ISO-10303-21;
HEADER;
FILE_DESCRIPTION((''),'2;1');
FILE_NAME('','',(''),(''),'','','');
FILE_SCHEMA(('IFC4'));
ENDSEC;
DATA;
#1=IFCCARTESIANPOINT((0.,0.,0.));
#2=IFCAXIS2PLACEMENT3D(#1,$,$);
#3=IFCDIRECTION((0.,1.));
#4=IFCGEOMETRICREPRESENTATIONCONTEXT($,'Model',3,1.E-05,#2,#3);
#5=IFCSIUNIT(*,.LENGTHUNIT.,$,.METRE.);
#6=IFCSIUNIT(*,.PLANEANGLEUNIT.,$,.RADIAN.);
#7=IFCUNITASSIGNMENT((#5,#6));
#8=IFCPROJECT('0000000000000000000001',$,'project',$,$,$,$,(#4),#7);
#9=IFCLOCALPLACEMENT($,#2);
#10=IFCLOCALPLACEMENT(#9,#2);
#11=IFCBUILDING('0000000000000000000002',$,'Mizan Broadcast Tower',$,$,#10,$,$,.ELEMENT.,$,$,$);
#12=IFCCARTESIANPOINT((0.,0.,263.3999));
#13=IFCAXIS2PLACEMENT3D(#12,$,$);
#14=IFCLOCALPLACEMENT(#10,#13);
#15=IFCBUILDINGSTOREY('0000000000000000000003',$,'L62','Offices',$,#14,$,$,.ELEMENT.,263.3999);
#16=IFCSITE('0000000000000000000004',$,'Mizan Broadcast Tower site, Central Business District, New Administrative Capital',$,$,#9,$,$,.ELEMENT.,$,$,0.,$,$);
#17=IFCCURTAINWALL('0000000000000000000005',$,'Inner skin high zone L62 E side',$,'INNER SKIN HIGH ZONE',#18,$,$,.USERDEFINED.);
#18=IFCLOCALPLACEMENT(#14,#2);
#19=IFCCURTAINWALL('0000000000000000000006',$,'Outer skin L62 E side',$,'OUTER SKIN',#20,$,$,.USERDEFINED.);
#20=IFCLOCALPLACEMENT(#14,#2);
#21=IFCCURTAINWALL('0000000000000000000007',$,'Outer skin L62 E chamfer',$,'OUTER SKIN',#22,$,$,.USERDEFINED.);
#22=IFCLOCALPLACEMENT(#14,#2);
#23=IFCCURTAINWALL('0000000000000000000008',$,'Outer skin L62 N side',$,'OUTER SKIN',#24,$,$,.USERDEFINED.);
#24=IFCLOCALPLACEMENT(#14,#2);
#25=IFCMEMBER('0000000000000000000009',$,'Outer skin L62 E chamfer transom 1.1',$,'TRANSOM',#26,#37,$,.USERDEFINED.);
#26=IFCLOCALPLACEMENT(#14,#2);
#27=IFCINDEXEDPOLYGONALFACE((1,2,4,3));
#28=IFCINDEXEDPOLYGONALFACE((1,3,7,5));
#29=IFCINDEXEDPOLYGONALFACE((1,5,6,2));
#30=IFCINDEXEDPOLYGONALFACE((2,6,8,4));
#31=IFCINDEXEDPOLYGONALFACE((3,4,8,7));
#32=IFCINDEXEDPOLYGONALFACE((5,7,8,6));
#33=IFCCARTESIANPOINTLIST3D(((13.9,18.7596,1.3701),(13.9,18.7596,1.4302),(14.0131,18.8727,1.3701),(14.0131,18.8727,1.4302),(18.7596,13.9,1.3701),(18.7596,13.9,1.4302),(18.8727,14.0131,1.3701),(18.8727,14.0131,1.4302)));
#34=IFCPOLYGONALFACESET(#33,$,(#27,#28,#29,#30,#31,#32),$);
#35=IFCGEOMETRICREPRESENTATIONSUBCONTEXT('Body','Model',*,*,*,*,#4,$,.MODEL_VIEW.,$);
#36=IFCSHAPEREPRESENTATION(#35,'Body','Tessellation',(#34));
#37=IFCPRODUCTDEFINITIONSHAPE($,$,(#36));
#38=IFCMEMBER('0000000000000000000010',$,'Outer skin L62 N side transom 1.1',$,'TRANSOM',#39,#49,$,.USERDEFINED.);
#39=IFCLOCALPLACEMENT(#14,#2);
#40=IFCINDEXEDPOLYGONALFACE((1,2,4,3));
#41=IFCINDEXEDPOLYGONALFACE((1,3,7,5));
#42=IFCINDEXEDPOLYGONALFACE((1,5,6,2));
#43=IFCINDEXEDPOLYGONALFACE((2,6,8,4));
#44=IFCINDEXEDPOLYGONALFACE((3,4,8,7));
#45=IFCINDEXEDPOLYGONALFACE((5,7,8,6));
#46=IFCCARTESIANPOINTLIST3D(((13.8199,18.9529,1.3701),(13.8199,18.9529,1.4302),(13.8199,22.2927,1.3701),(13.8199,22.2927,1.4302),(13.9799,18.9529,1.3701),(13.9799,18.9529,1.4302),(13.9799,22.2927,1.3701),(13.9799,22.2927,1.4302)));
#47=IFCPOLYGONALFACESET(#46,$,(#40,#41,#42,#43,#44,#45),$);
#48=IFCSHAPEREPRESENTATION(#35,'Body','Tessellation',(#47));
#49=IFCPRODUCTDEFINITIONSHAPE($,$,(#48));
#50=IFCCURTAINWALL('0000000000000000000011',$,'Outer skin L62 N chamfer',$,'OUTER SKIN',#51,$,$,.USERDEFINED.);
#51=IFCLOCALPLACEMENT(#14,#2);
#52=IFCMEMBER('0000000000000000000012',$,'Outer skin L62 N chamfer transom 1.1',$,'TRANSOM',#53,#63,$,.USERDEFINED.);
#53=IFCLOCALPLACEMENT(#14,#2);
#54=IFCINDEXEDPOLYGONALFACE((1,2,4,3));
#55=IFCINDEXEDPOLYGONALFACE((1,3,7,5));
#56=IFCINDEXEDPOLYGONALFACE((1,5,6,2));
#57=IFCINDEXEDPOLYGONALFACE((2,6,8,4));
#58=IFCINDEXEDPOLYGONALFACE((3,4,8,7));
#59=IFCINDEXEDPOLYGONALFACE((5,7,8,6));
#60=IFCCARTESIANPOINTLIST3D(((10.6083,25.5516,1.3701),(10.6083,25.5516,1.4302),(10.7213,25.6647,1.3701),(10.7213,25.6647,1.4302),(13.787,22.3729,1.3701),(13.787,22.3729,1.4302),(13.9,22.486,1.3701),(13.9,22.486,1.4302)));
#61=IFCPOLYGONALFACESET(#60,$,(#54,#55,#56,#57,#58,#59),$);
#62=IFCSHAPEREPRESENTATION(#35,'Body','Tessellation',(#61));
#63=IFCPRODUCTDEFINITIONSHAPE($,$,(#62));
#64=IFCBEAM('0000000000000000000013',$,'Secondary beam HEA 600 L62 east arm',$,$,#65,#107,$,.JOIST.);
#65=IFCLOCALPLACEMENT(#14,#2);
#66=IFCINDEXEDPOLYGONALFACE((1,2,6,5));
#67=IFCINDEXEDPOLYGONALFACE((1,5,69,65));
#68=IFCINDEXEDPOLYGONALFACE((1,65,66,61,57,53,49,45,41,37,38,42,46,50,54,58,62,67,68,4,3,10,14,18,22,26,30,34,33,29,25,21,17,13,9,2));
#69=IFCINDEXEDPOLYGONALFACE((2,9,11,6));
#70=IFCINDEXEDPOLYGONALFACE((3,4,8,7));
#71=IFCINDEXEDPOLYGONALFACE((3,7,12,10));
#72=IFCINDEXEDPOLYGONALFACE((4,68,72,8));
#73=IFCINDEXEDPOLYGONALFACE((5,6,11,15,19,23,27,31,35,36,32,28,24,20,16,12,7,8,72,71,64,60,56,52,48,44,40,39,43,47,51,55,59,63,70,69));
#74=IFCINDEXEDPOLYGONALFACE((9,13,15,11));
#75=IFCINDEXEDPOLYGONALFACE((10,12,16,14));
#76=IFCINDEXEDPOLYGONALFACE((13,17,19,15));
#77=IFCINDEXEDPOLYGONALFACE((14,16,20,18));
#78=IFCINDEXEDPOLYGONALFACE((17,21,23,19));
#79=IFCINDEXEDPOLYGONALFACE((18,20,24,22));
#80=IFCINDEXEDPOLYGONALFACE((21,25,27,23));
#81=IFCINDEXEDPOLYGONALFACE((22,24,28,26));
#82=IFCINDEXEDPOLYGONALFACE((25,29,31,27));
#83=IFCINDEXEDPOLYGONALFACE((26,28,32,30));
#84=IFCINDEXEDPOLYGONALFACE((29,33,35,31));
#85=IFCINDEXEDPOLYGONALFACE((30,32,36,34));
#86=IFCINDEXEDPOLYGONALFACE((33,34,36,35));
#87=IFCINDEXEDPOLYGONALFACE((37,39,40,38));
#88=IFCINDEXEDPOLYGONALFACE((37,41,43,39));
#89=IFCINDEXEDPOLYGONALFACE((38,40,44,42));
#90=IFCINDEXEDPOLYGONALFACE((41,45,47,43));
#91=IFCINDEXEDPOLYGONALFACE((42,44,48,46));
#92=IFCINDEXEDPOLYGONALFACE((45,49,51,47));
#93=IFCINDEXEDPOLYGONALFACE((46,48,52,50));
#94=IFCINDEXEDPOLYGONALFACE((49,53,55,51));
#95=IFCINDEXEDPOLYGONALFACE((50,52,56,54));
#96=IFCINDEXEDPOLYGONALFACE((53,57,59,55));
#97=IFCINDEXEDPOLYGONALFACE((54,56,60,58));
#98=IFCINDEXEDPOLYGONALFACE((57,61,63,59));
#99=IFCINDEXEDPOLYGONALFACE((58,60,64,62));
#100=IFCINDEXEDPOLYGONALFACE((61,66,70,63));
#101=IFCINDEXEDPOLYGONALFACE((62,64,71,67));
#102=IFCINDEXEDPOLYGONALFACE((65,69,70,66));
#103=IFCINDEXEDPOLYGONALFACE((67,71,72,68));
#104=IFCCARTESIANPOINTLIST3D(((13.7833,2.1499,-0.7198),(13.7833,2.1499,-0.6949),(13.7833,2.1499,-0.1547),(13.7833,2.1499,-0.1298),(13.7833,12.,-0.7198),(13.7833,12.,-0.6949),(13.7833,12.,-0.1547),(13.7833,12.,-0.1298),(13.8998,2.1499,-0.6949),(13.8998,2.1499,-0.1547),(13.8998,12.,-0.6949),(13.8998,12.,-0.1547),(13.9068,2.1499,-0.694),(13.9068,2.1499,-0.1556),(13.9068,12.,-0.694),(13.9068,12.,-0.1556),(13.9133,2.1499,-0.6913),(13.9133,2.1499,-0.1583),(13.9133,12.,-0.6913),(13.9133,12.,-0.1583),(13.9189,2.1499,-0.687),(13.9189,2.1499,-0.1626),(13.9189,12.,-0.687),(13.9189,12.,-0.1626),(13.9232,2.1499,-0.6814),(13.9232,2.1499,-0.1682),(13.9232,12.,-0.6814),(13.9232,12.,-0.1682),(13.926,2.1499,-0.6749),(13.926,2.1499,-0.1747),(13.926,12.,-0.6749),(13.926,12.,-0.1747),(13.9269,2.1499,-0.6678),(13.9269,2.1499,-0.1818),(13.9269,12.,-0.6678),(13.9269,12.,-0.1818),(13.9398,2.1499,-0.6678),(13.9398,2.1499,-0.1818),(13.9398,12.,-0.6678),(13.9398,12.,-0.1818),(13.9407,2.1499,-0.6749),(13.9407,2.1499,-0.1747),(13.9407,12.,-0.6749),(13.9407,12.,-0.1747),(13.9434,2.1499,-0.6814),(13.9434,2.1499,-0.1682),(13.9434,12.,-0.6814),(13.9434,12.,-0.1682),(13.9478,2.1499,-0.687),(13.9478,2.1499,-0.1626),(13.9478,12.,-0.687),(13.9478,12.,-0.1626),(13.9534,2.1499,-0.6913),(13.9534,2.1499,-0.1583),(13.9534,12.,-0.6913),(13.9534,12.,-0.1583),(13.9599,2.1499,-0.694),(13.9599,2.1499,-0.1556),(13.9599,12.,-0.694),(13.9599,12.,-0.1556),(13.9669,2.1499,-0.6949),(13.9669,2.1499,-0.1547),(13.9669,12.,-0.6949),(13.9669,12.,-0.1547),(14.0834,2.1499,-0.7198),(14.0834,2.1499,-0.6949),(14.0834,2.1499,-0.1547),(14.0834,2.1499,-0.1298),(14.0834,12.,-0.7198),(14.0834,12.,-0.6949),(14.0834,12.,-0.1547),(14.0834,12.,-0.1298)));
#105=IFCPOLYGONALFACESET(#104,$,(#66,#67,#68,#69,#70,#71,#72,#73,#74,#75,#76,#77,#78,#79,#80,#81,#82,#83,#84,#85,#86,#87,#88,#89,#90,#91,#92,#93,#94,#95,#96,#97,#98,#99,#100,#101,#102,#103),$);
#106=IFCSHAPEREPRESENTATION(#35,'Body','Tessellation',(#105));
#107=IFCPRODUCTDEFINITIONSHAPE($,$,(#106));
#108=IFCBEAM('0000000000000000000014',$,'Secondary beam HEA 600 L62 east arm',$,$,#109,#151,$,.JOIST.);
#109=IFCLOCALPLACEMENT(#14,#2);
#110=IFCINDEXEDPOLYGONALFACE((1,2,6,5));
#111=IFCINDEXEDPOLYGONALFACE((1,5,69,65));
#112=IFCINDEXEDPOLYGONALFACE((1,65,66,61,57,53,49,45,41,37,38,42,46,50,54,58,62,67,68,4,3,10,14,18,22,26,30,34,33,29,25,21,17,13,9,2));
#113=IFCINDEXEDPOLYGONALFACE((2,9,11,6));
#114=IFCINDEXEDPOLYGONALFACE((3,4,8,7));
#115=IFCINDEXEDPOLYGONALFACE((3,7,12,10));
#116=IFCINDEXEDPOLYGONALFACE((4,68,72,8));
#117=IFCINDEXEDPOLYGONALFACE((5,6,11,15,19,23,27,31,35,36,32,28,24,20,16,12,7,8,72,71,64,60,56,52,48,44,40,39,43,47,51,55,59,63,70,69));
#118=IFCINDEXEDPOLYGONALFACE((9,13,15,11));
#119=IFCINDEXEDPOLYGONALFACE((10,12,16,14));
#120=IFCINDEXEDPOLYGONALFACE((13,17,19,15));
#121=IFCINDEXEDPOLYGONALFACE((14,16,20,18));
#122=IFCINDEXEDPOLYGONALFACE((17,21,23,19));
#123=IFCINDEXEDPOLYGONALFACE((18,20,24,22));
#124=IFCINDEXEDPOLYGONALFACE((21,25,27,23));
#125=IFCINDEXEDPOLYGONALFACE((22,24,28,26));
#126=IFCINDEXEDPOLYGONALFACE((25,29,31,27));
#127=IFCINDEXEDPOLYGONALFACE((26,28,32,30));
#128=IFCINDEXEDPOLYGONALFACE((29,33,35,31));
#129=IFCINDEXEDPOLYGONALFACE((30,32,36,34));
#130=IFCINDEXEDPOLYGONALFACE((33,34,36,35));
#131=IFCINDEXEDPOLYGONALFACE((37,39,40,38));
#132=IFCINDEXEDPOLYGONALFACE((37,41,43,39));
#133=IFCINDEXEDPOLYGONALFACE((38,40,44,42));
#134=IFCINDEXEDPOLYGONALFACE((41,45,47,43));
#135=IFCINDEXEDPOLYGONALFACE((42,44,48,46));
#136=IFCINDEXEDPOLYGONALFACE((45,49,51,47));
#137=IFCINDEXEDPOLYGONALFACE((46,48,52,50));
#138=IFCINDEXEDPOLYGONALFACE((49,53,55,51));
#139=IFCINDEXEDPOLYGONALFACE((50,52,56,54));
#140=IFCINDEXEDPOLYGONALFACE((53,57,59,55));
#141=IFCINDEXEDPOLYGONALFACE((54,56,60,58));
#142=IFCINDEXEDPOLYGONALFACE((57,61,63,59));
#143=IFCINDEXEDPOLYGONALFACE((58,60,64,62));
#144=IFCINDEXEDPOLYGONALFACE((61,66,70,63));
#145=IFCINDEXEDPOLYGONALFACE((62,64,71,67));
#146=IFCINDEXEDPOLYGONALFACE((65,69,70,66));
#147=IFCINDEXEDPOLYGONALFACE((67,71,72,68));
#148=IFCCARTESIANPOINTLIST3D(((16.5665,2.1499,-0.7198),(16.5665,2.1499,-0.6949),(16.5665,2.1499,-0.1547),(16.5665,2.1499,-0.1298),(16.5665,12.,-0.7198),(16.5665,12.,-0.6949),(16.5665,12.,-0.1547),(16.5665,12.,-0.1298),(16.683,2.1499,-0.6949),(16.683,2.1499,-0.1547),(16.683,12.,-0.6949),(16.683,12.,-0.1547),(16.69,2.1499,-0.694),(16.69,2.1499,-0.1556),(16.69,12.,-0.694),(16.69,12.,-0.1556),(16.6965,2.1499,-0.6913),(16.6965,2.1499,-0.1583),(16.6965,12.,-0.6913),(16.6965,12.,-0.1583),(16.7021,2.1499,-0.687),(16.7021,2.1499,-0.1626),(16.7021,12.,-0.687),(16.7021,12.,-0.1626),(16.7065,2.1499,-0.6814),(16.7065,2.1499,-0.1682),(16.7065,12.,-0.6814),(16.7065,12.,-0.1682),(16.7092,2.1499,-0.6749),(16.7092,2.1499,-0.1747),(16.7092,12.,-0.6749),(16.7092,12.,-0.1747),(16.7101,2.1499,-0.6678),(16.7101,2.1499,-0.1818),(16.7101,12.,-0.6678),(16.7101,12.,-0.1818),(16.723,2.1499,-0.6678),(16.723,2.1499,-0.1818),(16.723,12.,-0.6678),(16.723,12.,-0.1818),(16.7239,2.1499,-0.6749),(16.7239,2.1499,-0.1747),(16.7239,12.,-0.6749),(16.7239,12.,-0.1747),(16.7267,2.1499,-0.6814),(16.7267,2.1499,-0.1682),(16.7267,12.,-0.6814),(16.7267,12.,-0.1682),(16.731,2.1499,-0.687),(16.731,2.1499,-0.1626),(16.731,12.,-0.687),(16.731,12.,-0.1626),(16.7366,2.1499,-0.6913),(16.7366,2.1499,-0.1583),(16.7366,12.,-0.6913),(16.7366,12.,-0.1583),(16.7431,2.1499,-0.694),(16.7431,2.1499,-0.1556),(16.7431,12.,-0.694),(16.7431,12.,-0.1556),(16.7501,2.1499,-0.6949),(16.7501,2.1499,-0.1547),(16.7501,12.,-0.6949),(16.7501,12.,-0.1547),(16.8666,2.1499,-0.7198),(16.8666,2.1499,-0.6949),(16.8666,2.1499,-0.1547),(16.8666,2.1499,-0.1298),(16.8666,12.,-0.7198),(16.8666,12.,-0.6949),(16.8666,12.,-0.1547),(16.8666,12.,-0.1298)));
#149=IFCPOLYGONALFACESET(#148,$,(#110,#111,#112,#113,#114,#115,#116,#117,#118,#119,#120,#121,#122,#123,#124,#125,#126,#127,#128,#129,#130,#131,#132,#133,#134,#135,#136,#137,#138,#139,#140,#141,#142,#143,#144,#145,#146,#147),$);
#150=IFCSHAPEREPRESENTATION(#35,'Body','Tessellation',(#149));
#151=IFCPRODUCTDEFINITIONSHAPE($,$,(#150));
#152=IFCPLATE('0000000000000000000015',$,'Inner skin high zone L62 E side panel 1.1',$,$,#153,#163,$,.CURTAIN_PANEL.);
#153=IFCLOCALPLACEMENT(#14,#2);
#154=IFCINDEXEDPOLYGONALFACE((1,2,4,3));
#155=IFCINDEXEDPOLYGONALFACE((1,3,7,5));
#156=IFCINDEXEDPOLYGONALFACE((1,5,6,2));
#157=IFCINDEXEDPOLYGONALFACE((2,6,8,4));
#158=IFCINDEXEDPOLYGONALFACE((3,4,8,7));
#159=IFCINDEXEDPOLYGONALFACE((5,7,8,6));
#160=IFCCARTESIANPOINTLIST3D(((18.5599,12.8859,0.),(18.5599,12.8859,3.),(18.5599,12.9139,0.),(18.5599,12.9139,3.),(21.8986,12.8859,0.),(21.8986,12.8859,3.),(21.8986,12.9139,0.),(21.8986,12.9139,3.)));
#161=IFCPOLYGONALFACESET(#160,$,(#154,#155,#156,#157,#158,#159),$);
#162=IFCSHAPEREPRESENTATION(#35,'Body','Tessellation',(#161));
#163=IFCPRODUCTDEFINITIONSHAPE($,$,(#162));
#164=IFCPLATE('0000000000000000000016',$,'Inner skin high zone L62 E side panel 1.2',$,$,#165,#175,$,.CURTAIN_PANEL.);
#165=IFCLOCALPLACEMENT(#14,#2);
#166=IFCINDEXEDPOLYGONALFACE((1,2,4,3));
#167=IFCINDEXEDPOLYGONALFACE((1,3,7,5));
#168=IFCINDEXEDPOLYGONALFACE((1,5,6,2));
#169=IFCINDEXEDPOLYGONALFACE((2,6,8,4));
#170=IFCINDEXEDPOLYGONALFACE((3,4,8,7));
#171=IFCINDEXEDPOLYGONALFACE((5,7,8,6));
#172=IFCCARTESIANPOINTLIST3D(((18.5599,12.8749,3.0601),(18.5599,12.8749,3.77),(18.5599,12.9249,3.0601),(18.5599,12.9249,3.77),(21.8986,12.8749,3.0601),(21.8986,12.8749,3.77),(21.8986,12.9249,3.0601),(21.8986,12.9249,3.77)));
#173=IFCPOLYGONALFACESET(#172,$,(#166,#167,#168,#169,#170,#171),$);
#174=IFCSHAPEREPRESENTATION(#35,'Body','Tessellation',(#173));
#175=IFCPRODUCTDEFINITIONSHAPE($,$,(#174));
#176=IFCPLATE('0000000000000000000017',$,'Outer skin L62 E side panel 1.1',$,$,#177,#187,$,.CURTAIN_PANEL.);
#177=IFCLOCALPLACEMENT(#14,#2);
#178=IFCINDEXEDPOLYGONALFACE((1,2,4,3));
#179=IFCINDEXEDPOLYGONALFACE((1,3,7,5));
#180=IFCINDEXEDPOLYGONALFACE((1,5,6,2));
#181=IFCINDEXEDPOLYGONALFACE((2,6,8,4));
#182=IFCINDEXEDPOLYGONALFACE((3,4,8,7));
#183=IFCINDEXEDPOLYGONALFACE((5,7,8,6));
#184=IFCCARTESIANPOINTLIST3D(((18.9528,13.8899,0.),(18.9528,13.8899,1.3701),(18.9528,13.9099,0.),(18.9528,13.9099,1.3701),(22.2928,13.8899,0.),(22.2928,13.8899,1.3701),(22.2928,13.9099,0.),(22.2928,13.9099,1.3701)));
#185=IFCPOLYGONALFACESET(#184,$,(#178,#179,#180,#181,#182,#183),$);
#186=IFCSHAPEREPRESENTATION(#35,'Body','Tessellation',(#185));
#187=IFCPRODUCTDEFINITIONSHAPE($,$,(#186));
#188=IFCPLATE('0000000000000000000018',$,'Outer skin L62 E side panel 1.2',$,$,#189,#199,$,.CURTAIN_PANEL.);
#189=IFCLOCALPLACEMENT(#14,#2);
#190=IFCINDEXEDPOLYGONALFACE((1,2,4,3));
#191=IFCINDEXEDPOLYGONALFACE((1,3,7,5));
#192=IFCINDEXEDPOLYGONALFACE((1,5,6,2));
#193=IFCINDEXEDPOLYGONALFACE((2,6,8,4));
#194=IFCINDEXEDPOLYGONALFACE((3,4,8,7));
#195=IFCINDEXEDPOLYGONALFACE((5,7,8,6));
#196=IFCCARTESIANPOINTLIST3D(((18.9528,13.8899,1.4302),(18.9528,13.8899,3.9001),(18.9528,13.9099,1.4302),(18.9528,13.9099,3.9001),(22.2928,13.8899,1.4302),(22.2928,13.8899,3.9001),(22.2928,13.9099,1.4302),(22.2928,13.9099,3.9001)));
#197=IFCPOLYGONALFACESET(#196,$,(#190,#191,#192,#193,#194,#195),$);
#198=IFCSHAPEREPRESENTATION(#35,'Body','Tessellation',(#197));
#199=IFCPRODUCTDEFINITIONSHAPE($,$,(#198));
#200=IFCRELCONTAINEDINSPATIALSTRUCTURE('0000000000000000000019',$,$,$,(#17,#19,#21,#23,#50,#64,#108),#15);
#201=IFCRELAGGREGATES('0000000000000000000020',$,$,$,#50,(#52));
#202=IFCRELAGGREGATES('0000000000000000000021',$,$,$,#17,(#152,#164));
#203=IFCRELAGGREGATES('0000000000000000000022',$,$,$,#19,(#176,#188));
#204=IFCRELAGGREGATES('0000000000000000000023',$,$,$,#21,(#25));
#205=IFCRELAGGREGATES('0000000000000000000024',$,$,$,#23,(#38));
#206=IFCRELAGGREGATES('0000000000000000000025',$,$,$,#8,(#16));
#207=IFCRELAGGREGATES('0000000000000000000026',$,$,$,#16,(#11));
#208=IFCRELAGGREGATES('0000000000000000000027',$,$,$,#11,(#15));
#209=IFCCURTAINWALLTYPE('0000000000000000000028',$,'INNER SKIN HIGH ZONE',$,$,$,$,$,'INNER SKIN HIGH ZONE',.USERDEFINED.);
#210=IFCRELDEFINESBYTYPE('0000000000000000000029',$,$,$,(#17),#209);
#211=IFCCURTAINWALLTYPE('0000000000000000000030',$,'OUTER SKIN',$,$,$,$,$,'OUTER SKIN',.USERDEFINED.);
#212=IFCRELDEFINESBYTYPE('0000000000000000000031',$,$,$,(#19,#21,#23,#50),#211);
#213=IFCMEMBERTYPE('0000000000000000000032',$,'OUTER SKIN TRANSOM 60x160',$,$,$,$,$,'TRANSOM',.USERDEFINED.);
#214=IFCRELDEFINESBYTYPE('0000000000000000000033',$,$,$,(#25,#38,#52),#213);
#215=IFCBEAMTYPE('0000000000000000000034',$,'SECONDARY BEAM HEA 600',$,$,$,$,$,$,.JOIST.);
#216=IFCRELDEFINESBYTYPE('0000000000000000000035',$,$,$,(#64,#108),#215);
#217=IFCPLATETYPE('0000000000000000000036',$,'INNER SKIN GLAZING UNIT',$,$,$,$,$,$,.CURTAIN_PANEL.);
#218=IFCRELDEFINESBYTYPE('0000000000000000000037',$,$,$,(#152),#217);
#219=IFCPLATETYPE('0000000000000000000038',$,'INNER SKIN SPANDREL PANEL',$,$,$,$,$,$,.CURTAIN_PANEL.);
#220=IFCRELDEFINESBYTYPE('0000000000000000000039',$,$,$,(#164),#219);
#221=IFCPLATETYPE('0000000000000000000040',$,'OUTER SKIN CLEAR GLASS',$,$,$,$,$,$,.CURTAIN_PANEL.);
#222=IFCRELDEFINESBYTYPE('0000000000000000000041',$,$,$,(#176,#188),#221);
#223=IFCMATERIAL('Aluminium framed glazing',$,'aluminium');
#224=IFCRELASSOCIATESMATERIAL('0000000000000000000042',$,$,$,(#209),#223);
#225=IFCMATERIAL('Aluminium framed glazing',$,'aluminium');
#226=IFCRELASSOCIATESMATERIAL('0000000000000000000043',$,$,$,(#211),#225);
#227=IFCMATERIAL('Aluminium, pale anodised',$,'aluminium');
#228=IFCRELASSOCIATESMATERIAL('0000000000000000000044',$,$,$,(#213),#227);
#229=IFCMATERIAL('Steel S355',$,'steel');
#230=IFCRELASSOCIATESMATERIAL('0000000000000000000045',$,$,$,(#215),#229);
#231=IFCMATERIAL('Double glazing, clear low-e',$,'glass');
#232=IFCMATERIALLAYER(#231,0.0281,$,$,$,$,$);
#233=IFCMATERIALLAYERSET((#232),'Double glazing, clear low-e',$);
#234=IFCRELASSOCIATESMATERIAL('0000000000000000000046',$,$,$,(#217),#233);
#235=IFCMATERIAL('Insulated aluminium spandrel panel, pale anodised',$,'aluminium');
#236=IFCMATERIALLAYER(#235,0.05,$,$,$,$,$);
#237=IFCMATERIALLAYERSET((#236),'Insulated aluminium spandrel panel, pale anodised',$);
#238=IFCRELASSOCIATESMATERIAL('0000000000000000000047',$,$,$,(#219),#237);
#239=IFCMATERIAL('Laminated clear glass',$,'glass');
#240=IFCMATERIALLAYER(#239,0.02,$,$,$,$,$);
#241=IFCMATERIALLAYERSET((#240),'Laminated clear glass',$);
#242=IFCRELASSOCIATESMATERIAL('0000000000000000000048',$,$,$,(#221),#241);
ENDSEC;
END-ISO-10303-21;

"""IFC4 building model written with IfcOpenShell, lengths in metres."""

from ifc_helpers import new_model, si_unit, direction, frame, origin, origin_2d, place, context, subcontext, project, spatial, rectangle, i_section, extrude, material, layer, layer_set, material_profile, profile_set, type_object, element, aggregate, save


model = new_model("IFC4")

# Units and contexts
model_context = context("Model", 3, precision=1e-05, world=origin(), true_north=direction((0.0, 1.0)))
body_context = subcontext(model_context, "Body", "Model", "MODEL_VIEW")
ifc_project = project(units=[si_unit("LENGTHUNIT", "METRE"), si_unit("PLANEANGLEUNIT", "RADIAN")], contexts=[model_context])

# Site, building, storey
site_placement = place(None, origin())
site = spatial("IfcSite", under=ifc_project, at=site_placement, Name="Mizan Broadcast Tower site, Central Business District, New Administrative Capital", CompositionType="ELEMENT", RefElevation=0.0)
building_placement = place(site_placement, origin())
building = spatial("IfcBuilding", under=site, at=building_placement, Name="Mizan Broadcast Tower", CompositionType="ELEMENT")
storey_placement = place(building_placement, frame((0.0, 0.0, 263.3999)))
storey = spatial("IfcBuildingStorey", under=building, at=storey_placement, Name="L62", Description="Offices", CompositionType="ELEMENT", Elevation=263.3999)

# Curtain wall
ifc_material_1 = material(Name="Aluminium framed glazing", Category="aluminium")
curtain_wall_type_1 = type_object("IfcCurtainWallType", Name="INNER SKIN HIGH ZONE", ElementType="INNER SKIN HIGH ZONE", PredefinedType="USERDEFINED", material=ifc_material_1)
curtain_wall_1_placement = place(storey_placement, origin())
curtain_wall_1 = element("IfcCurtainWall", 1, at=curtain_wall_1_placement, inside=storey, type_object=curtain_wall_type_1, Name="Inner skin high zone L62 E side", ObjectType="INNER SKIN HIGH ZONE", PredefinedType="USERDEFINED")

# Curtain walls
ifc_material_2 = material(Name="Aluminium framed glazing", Category="aluminium")
curtain_wall_type_2 = type_object("IfcCurtainWallType", Name="OUTER SKIN", ElementType="OUTER SKIN", PredefinedType="USERDEFINED", material=ifc_material_2)
curtain_wall_2_placement = place(storey_placement, origin())
curtain_wall_2 = element("IfcCurtainWall", 2, at=curtain_wall_2_placement, inside=storey, type_object=curtain_wall_type_2, Name="Outer skin L62 E side", ObjectType="OUTER SKIN", PredefinedType="USERDEFINED")
curtain_wall_3_placement = place(storey_placement, origin())
curtain_wall_3 = element("IfcCurtainWall", 3, at=curtain_wall_3_placement, inside=storey, type_object=curtain_wall_type_2, Name="Outer skin L62 E chamfer", ObjectType="OUTER SKIN", PredefinedType="USERDEFINED")
curtain_wall_4_placement = place(storey_placement, origin())
curtain_wall_4 = element("IfcCurtainWall", 4, at=curtain_wall_4_placement, inside=storey, type_object=curtain_wall_type_2, Name="Outer skin L62 N side", ObjectType="OUTER SKIN", PredefinedType="USERDEFINED")

# Members
ifc_material_3 = material(Name="Aluminium, pale anodised", Category="aluminium")
ifc_material_profile_1 = material_profile(ifc_material_3, rectangle(XDim=0.1599, YDim=0.0601, at=origin_2d()), Name="TRANSOM 160x60")
ifc_profile_set_1 = profile_set([ifc_material_profile_1], Name="Aluminium, pale anodised")
member_type_1 = type_object("IfcMemberType", Name="OUTER SKIN TRANSOM 60x160", ElementType="TRANSOM", PredefinedType="USERDEFINED", material=ifc_profile_set_1)
member_1_placement = place(storey_placement, frame((18.8162, 13.9565, 1.4001), z_axis=(-0.707107, 0.707107, 0.0), x_axis=(-0.707107, -0.707107, 0.0)))
member_1 = element("IfcMember", 5, at=member_1_placement, type_object=member_type_1, Name="Outer skin L62 E chamfer transom 1.1", ObjectType="TRANSOM", PredefinedType="USERDEFINED", context=body_context, shape_type="SweptSolid", body=[
    extrude(rectangle(XDim=0.1599, YDim=0.0601, at=origin_2d()), origin(), (0.0, 0.0, 1.0), 6.8726),
])
member_2_placement = place(storey_placement, frame((13.8999, 18.9529, 1.4001), z_axis=(0.0, 1.0, 0.0), x_axis=(-1.0, 0.0, 0.0)))
member_2 = element("IfcMember", 6, at=member_2_placement, type_object=member_type_1, Name="Outer skin L62 N side transom 1.1", ObjectType="TRANSOM", PredefinedType="USERDEFINED", context=body_context, shape_type="SweptSolid", body=[
    extrude(rectangle(XDim=0.1599, YDim=0.0601, at=origin_2d()), origin(), (0.0, 0.0, 1.0), 3.3398),
])

# Curtain wall, member
curtain_wall_5_placement = place(storey_placement, origin())
curtain_wall_5 = element("IfcCurtainWall", 7, at=curtain_wall_5_placement, inside=storey, type_object=curtain_wall_type_2, Name="Outer skin L62 N chamfer", ObjectType="OUTER SKIN", PredefinedType="USERDEFINED")
member_3_placement = place(storey_placement, frame((13.8435, 22.4294, 1.4001), z_axis=(-0.707107, 0.707107, 0.0), x_axis=(-0.707107, -0.707107, 0.0)))
member_3 = element("IfcMember", 8, at=member_3_placement, type_object=member_type_1, Name="Outer skin L62 N chamfer transom 1.1", ObjectType="TRANSOM", PredefinedType="USERDEFINED", context=body_context, shape_type="SweptSolid", body=[
    extrude(rectangle(XDim=0.1599, YDim=0.0601, at=origin_2d()), origin(), (0.0, 0.0, 1.0), 4.4954),
])
aggregate(curtain_wall_5, [member_3])

# Beams
ifc_material_4 = material(Name="Steel S355", Category="steel")
ifc_material_profile_2 = material_profile(ifc_material_4, i_section(OverallWidth=0.3, OverallDepth=0.5901, WebThickness=0.0129, FlangeThickness=0.0249, FilletRadius=0.0271, at=origin_2d()), Name="HEA 600")
ifc_profile_set_2 = profile_set([ifc_material_profile_2], Name="Steel S355")
beam_type_1 = type_object("IfcBeamType", Name="SECONDARY BEAM HEA 600", PredefinedType="JOIST", material=ifc_profile_set_2)
for number, where, z_axis, x_axis, name in (
    (9, (13.9333, 12.0, -0.4248), (0.0, -1.0, 0.0), (1.0, 0.0, 0.0), "Secondary beam HEA 600 L62 east arm"),
    (10, (16.7166, 12.0, -0.4248), (0.0, -1.0, 0.0), (1.0, 0.0, 0.0), "Secondary beam HEA 600 L62 east arm"),
):
    element("IfcBeam", number, at=place(storey_placement, frame(where, z_axis=z_axis, x_axis=x_axis)), inside=storey, type_object=beam_type_1, Name=name, PredefinedType="JOIST", context=body_context, shape_type="SweptSolid", body=[
        extrude(i_section(OverallWidth=0.3, OverallDepth=0.5901, WebThickness=0.0129, FlangeThickness=0.0249, FilletRadius=0.0271, at=origin_2d()), origin(), (0.0, 0.0, 1.0), 9.8501),
    ])

# Plates
ifc_material_5 = material(Name="Double glazing, clear low-e", Category="glass")
ifc_layer_1 = layer(ifc_material_5, 0.0281)
ifc_layer_set_1 = layer_set([ifc_layer_1], Name="Double glazing, clear low-e")
plate_type_1 = type_object("IfcPlateType", Name="INNER SKIN GLAZING UNIT", PredefinedType="CURTAIN_PANEL", material=ifc_layer_set_1)
plate_1_placement = place(storey_placement, frame((20.2292, 12.8999, 0.0), z_axis=(0.0, 0.0, 1.0), x_axis=(-1.0, 0.0, 0.0)))
plate_1 = element("IfcPlate", 11, at=plate_1_placement, type_object=plate_type_1, Name="Inner skin high zone L62 E side panel 1.1", PredefinedType="CURTAIN_PANEL", context=body_context, shape_type="SweptSolid", body=[
    extrude(rectangle(XDim=3.3386, YDim=0.0281, at=origin_2d()), origin(), (0.0, 0.0, 1.0), 3.0),
])
ifc_material_6 = material(Name="Insulated aluminium spandrel panel, pale anodised", Category="aluminium")
ifc_layer_2 = layer(ifc_material_6, 0.05)
ifc_layer_set_2 = layer_set([ifc_layer_2], Name="Insulated aluminium spandrel panel, pale anodised")
plate_type_2 = type_object("IfcPlateType", Name="INNER SKIN SPANDREL PANEL", PredefinedType="CURTAIN_PANEL", material=ifc_layer_set_2)
plate_2_placement = place(storey_placement, frame((20.2292, 12.8999, 3.0601), z_axis=(0.0, 0.0, 1.0), x_axis=(-1.0, 0.0, 0.0)))
plate_2 = element("IfcPlate", 12, at=plate_2_placement, type_object=plate_type_2, Name="Inner skin high zone L62 E side panel 1.2", PredefinedType="CURTAIN_PANEL", context=body_context, shape_type="SweptSolid", body=[
    extrude(rectangle(XDim=3.3386, YDim=0.05, at=origin_2d()), origin(), (0.0, 0.0, 1.0), 0.71),
])
aggregate(curtain_wall_1, [plate_1, plate_2])
ifc_material_7 = material(Name="Laminated clear glass", Category="glass")
ifc_layer_3 = layer(ifc_material_7, 0.02)
ifc_layer_set_3 = layer_set([ifc_layer_3], Name="Laminated clear glass")
plate_type_3 = type_object("IfcPlateType", Name="OUTER SKIN CLEAR GLASS", PredefinedType="CURTAIN_PANEL", material=ifc_layer_set_3)
plate_3_placement = place(storey_placement, frame((20.6228, 13.8999, 0.0), z_axis=(0.0, 0.0, 1.0), x_axis=(-1.0, 0.0, 0.0)))
plate_3 = element("IfcPlate", 13, at=plate_3_placement, type_object=plate_type_3, Name="Outer skin L62 E side panel 1.1", PredefinedType="CURTAIN_PANEL", context=body_context, shape_type="SweptSolid", body=[
    extrude(rectangle(XDim=3.3401, YDim=0.02, at=origin_2d()), origin(), (0.0, 0.0, 1.0), 1.3701),
])
plate_4_placement = place(storey_placement, frame((20.6228, 13.8999, 1.4302), z_axis=(0.0, 0.0, 1.0), x_axis=(-1.0, 0.0, 0.0)))
plate_4 = element("IfcPlate", 14, at=plate_4_placement, type_object=plate_type_3, Name="Outer skin L62 E side panel 1.2", PredefinedType="CURTAIN_PANEL", context=body_context, shape_type="SweptSolid", body=[
    extrude(rectangle(XDim=3.3401, YDim=0.02, at=origin_2d()), origin(), (0.0, 0.0, 1.0), 2.47),
])
aggregate(curtain_wall_2, [plate_3, plate_4])
aggregate(curtain_wall_3, [member_1])
aggregate(curtain_wall_4, [member_2])

save(model, "model.ifc")
